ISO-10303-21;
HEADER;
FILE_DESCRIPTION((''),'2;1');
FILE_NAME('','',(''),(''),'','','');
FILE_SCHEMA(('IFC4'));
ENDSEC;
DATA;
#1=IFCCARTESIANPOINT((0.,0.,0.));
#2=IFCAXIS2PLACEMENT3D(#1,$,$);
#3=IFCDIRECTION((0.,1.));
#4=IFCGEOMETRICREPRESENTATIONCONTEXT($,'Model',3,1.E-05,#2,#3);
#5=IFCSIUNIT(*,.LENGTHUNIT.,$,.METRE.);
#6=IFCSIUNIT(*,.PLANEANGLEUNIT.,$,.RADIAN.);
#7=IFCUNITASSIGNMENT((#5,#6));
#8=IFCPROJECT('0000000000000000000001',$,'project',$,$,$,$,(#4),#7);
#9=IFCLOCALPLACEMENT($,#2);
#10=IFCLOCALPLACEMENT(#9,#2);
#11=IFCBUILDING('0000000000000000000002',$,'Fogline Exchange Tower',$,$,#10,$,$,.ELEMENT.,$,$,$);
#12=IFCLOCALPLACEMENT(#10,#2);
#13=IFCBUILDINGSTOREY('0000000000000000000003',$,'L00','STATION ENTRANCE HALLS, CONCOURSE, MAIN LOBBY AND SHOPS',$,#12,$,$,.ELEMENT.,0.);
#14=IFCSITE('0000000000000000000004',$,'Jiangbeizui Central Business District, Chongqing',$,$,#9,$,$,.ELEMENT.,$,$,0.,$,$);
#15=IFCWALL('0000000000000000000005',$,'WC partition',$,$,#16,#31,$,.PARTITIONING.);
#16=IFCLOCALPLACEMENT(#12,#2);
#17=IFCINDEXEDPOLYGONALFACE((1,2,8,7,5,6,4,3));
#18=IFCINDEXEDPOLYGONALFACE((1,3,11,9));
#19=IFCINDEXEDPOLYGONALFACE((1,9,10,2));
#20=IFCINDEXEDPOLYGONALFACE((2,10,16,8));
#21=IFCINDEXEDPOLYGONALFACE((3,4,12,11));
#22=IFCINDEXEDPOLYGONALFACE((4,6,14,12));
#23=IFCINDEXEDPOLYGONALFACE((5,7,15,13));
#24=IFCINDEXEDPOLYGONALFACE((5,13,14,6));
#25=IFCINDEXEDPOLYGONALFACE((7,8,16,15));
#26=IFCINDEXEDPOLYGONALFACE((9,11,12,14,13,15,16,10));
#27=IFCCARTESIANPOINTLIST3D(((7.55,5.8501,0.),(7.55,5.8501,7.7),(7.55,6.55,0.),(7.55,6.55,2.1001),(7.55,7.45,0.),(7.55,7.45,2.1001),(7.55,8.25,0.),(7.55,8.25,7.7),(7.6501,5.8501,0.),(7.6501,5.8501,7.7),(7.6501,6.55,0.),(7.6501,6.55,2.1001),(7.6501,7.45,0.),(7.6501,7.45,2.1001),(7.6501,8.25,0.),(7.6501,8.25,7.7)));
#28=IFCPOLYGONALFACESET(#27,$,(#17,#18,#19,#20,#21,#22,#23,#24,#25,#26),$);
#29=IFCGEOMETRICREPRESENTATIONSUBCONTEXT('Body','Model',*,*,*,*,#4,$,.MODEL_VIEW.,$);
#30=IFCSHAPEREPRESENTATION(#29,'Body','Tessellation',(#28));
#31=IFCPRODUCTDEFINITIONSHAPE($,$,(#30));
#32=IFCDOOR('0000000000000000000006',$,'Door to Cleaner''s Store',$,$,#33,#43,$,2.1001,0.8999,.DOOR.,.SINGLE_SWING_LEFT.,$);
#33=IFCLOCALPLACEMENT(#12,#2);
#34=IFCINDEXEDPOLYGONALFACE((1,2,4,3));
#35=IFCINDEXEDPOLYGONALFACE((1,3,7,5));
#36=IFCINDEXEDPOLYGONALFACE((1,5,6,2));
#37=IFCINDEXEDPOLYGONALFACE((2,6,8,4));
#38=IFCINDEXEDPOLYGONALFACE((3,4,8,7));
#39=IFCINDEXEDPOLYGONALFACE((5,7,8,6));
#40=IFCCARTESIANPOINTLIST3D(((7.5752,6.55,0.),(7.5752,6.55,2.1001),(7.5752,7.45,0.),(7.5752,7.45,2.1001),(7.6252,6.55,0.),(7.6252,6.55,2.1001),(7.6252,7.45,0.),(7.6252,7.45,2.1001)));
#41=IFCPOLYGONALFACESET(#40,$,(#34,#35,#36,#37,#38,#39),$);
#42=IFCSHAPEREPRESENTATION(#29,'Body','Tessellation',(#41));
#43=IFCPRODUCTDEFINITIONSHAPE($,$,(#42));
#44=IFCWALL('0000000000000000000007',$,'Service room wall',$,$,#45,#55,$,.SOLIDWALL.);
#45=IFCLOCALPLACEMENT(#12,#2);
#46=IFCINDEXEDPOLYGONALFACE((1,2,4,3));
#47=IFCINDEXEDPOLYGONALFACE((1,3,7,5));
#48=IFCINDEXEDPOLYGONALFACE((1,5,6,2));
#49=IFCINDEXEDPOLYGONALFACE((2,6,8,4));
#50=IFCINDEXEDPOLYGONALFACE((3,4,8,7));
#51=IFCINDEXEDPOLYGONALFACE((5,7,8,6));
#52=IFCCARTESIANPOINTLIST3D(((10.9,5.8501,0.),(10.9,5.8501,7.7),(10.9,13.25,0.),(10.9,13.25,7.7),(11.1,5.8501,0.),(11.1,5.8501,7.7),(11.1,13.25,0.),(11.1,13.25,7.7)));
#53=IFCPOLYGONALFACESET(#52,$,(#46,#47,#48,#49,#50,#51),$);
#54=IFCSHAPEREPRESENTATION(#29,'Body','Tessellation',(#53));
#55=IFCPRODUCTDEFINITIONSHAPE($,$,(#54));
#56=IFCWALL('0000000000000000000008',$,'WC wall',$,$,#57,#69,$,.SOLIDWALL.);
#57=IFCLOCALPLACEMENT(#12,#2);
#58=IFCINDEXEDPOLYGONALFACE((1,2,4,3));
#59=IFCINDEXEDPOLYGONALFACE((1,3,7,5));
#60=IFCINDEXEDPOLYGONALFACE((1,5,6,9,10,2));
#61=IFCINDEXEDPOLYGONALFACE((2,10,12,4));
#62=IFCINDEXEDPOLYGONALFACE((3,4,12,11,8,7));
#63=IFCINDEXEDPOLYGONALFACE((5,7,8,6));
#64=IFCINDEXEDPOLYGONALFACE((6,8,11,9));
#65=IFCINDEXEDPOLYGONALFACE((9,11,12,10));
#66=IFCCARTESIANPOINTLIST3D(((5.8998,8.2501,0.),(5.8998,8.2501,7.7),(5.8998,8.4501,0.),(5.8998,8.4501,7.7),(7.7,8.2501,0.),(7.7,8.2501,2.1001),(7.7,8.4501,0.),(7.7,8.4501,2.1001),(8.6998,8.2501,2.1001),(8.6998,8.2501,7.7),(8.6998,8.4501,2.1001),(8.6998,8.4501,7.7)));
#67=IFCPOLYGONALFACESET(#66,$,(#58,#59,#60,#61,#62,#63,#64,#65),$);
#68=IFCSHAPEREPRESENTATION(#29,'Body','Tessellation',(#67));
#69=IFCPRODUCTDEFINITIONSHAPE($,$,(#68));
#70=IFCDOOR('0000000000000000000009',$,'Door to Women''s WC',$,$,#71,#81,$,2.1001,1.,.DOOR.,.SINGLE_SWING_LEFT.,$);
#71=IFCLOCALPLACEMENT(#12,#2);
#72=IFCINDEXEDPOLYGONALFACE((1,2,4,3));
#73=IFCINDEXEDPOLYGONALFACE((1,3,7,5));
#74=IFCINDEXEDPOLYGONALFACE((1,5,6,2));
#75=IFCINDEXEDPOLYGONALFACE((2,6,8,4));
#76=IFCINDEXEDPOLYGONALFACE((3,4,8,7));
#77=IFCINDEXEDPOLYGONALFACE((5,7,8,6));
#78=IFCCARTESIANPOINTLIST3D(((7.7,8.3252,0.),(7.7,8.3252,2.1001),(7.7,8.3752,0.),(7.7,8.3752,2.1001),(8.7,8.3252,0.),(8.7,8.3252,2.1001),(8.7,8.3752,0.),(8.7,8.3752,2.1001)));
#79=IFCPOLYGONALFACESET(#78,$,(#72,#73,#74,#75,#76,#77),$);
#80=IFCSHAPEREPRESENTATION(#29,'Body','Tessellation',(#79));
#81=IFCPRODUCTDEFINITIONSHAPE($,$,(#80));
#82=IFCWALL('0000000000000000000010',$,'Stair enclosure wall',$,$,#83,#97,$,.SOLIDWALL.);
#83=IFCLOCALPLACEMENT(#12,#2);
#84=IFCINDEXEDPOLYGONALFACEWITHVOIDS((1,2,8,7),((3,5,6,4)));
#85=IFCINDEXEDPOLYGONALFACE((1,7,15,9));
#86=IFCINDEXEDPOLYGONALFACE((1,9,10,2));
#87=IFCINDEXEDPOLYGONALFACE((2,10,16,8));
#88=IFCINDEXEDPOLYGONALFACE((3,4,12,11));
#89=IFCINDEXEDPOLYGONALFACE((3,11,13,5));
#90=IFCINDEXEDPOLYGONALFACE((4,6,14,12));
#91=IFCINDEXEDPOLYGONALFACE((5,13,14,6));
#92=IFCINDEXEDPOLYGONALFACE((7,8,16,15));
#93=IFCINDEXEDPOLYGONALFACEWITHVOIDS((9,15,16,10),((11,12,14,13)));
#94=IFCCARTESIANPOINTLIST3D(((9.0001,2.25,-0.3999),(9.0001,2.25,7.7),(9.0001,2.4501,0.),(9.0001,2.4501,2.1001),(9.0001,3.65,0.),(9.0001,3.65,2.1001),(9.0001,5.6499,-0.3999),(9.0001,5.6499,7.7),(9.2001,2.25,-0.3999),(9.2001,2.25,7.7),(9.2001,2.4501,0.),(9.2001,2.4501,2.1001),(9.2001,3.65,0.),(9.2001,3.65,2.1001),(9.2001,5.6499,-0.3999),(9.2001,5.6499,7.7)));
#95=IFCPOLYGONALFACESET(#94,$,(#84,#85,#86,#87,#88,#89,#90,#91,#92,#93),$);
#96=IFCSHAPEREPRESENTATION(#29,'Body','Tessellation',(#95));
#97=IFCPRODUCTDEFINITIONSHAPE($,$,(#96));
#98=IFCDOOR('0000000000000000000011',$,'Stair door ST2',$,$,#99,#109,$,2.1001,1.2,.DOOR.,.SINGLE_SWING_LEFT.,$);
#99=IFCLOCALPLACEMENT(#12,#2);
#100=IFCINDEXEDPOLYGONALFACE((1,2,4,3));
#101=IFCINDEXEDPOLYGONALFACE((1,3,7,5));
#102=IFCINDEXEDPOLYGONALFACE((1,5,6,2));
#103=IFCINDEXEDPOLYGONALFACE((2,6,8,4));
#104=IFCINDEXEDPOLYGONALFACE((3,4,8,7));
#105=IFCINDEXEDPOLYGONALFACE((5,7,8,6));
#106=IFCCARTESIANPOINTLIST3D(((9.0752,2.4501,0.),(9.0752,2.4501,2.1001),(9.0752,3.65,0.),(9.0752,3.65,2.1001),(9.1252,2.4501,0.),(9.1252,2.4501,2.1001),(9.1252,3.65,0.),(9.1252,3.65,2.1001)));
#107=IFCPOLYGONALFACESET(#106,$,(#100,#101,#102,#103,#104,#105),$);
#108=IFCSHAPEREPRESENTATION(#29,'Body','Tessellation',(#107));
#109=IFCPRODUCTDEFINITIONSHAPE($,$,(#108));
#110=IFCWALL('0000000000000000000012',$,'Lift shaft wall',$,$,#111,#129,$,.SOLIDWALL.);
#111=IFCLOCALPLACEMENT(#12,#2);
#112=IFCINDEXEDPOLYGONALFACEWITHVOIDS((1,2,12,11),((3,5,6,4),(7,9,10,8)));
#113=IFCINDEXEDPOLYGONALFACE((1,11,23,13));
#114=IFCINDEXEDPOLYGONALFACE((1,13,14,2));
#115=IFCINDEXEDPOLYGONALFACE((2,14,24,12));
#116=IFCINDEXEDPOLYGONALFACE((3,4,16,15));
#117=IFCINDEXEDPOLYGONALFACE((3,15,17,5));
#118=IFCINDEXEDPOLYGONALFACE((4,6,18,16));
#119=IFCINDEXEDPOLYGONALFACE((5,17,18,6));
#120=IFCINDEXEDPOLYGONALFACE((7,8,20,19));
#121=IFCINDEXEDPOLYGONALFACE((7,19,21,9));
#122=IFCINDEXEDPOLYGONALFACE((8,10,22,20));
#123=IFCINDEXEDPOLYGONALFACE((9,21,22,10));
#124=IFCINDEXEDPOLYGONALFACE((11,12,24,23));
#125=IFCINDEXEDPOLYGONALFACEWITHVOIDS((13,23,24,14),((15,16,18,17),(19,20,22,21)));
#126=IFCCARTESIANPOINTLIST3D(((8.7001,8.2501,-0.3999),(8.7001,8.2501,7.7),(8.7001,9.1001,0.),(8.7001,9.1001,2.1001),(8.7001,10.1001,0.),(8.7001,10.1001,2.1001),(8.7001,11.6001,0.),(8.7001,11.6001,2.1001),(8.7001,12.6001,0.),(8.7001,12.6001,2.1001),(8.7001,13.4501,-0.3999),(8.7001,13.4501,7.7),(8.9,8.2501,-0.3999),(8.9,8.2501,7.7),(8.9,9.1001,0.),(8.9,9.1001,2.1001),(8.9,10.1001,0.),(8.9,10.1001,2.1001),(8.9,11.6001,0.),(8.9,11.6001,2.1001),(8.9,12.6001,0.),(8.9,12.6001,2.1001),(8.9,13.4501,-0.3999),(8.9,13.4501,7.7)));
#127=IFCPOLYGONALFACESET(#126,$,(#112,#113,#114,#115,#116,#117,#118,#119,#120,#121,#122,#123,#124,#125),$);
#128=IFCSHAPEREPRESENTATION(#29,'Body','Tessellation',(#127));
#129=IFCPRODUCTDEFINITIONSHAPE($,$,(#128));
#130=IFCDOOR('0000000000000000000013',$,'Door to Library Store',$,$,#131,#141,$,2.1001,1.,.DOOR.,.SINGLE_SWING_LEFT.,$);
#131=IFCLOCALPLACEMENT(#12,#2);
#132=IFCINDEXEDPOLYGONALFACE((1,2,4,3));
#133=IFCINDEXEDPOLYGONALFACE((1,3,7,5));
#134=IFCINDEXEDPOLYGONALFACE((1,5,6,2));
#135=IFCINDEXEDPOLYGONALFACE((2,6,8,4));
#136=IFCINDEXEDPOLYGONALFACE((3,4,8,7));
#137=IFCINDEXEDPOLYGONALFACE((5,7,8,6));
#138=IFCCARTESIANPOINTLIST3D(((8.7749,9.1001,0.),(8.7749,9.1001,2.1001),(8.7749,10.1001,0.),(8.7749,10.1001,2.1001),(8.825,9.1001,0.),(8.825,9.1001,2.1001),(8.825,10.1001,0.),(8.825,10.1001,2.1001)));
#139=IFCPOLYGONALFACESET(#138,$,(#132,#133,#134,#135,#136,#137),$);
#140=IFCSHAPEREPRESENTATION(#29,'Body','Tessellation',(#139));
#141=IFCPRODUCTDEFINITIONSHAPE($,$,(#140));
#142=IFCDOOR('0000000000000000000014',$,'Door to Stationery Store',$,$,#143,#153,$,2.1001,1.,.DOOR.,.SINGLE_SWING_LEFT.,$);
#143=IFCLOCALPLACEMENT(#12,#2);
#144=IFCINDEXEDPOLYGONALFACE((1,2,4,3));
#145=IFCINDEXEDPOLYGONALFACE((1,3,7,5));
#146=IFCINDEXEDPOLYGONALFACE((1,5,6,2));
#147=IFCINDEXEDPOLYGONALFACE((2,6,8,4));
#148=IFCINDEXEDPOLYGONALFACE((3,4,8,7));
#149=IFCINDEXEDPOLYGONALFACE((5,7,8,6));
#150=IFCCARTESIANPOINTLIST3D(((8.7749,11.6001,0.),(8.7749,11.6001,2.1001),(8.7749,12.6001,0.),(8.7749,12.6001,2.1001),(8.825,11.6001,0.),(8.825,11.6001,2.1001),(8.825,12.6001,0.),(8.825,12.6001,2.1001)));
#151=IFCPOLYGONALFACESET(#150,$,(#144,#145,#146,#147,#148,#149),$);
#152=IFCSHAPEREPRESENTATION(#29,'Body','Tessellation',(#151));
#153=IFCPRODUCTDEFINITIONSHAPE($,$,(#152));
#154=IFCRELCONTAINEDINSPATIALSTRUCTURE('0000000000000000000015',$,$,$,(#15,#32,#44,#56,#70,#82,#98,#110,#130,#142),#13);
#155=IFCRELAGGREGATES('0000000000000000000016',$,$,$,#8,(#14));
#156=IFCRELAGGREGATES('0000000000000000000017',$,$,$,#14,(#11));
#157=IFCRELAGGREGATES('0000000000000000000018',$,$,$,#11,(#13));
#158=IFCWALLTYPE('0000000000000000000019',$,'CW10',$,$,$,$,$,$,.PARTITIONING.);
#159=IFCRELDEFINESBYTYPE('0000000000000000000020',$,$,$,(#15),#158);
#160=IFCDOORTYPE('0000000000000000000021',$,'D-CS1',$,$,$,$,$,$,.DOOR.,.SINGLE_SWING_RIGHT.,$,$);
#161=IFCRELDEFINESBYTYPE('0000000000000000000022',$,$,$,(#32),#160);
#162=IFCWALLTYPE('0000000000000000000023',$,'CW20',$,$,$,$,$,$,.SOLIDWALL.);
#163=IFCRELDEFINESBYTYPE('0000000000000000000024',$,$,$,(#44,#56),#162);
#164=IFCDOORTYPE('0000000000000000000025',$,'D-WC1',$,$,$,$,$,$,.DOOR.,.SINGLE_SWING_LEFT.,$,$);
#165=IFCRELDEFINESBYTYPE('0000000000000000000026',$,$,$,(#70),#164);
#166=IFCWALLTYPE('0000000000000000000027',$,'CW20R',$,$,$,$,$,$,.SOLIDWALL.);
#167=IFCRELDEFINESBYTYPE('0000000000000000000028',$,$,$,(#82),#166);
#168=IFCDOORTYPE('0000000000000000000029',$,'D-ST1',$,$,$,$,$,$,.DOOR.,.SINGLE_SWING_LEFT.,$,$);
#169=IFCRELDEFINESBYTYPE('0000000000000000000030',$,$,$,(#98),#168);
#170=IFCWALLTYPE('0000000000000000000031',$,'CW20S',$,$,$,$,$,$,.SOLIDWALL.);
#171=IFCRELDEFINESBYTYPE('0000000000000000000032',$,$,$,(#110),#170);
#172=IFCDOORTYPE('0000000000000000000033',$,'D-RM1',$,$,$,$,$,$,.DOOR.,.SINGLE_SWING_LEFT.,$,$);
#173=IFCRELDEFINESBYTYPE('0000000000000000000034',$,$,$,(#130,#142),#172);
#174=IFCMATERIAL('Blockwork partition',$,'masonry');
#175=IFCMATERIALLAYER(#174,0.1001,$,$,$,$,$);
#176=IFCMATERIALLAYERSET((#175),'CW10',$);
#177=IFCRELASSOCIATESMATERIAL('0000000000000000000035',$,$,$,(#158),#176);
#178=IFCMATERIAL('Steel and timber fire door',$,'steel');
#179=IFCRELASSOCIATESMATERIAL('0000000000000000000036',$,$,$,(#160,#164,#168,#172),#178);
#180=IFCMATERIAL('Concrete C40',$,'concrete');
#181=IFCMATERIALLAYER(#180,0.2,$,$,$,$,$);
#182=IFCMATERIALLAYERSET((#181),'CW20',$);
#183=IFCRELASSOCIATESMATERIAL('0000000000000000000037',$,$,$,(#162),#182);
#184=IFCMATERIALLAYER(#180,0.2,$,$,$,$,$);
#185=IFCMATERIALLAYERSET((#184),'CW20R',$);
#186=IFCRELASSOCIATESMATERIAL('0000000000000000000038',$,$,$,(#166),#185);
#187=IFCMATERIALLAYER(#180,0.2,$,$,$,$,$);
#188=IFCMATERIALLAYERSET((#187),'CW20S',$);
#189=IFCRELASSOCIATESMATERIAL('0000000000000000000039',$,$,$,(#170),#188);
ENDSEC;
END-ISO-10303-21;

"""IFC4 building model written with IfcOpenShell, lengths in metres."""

from ifc_helpers import new_model, si_unit, direction, frame, frame_2d, origin, place, context, subcontext, project, spatial, rectangle, extrude, material, layer, layer_set, type_object, element, fill, save


model = new_model("IFC4")

# Units and contexts
model_context = context("Model", 3, precision=1e-05, world=origin(), true_north=direction((0.0, 1.0)))
body_context = subcontext(model_context, "Body", "Model", "MODEL_VIEW")
ifc_project = project(units=[si_unit("LENGTHUNIT", "METRE"), si_unit("PLANEANGLEUNIT", "RADIAN")], contexts=[model_context])

# Site, building, storey
site_placement = place(None, origin())
site = spatial("IfcSite", under=ifc_project, at=site_placement, Name="Jiangbeizui Central Business District, Chongqing", CompositionType="ELEMENT", RefElevation=0.0)
building_placement = place(site_placement, origin())
building = spatial("IfcBuilding", under=site, at=building_placement, Name="Fogline Exchange Tower", CompositionType="ELEMENT")
storey_placement = place(building_placement, origin())
storey = spatial("IfcBuildingStorey", under=building, at=storey_placement, Name="L00", Description="STATION ENTRANCE HALLS, CONCOURSE, MAIN LOBBY AND SHOPS", CompositionType="ELEMENT", Elevation=0.0)

# Wall, opening, door
ifc_material_1 = material(Name="Blockwork partition", Category="masonry")
ifc_layer_1 = layer(ifc_material_1, 0.1001)
ifc_layer_set_1 = layer_set([ifc_layer_1], Name="CW10")
wall_type_1 = type_object("IfcWallType", Name="CW10", PredefinedType="PARTITIONING", material=ifc_layer_set_1)
wall_1_placement = place(storey_placement, frame((7.6001, 5.8501, 0.0), z_axis=(0.0, 0.0, 1.0), x_axis=(0.0, 1.0, 0.0)))
wall_1 = element("IfcWall", 1, at=wall_1_placement, inside=storey, type_object=wall_type_1, Name="WC partition", PredefinedType="PARTITIONING", context=body_context, shape_type="SweptSolid", body=[
    extrude(rectangle(XDim=2.3999, YDim=0.1001, at=frame_2d((1.2, 0.0))), origin(), (0.0, 0.0, 1.0), 7.7),
])
opening_1_placement = place(wall_1_placement, frame((0.7, 0.0, 0.0)))
opening_1 = element("IfcOpeningElement", 2, at=opening_1_placement, cuts=wall_1, PredefinedType="OPENING", context=body_context, shape_type="SweptSolid", body=[
    extrude(rectangle(XDim=0.8999, YDim=2.1001, at=frame_2d((0.45, 1.05))), frame((0.0, 0.0601, 0.0), z_axis=(0.0, -1.0, 0.0), x_axis=(1.0, 0.0, 0.0)), (0.0, 0.0, 1.0), 0.1201),
])
ifc_material_2 = material(Name="Steel and timber fire door", Category="steel")
door_type_1 = type_object("IfcDoorType", Name="D-CS1", OperationType="SINGLE_SWING_RIGHT", PredefinedType="DOOR", material=ifc_material_2)
door_1_placement = place(opening_1_placement, origin())
door_1 = element("IfcDoor", 3, at=door_1_placement, inside=storey, type_object=door_type_1, Name="Door to Cleaner's Store", OperationType="SINGLE_SWING_LEFT", OverallHeight=2.1001, OverallWidth=0.8999, PredefinedType="DOOR", context=body_context, shape_type="SweptSolid", body=[
    extrude(rectangle(XDim=0.8999, YDim=2.1001, at=frame_2d((0.45, 1.05))), frame((0.0, 0.0249, 0.0), z_axis=(0.0, -1.0, 0.0), x_axis=(1.0, 0.0, 0.0)), (0.0, 0.0, 1.0), 0.05),
])
fill(opening_1, door_1)

# Wall
ifc_material_3 = material(Name="Concrete C40", Category="concrete")
ifc_layer_2 = layer(ifc_material_3, 0.2)
ifc_layer_set_2 = layer_set([ifc_layer_2], Name="CW20")
wall_type_2 = type_object("IfcWallType", Name="CW20", PredefinedType="SOLIDWALL", material=ifc_layer_set_2)
wall_2_placement = place(storey_placement, frame((11.0, 5.8501, 0.0), z_axis=(0.0, 0.0, 1.0), x_axis=(0.0, 1.0, 0.0)))
element("IfcWall", 4, at=wall_2_placement, inside=storey, type_object=wall_type_2, Name="Service room wall", PredefinedType="SOLIDWALL", context=body_context, shape_type="SweptSolid", body=[
    extrude(rectangle(XDim=7.3999, YDim=0.2, at=frame_2d((3.7, 0.0))), origin(), (0.0, 0.0, 1.0), 7.7),
])

# Walls, openings, doors
wall_3_placement = place(storey_placement, frame((5.8999, 8.3501, 0.0), z_axis=(0.0, 0.0, 1.0), x_axis=(1.0, 0.0, 0.0)))
wall_3 = element("IfcWall", 5, at=wall_3_placement, inside=storey, type_object=wall_type_2, Name="WC wall", PredefinedType="SOLIDWALL", context=body_context, shape_type="SweptSolid", body=[
    extrude(rectangle(XDim=2.8, YDim=0.2, at=frame_2d((1.3999, 0.0))), origin(), (0.0, 0.0, 1.0), 7.7),
])
opening_2_placement = place(wall_3_placement, frame((1.8, 0.0, 0.0)))
opening_2 = element("IfcOpeningElement", 6, at=opening_2_placement, cuts=wall_3, PredefinedType="OPENING", context=body_context, shape_type="SweptSolid", body=[
    extrude(rectangle(XDim=1.0, YDim=2.1001, at=frame_2d((0.5, 1.05))), frame((0.0, 0.1099, 0.0), z_axis=(0.0, -1.0, 0.0), x_axis=(1.0, 0.0, 0.0)), (0.0, 0.0, 1.0), 0.22),
])
door_type_2 = type_object("IfcDoorType", Name="D-WC1", OperationType="SINGLE_SWING_LEFT", PredefinedType="DOOR", material=ifc_material_2)
door_2_placement = place(opening_2_placement, frame((1.0, 0.0, 0.0), z_axis=(0.0, 0.0, 1.0), x_axis=(-1.0, 0.0, 0.0)))
door_2 = element("IfcDoor", 7, at=door_2_placement, inside=storey, type_object=door_type_2, Name="Door to Women's WC", OperationType="SINGLE_SWING_LEFT", OverallHeight=2.1001, OverallWidth=1.0, PredefinedType="DOOR", context=body_context, shape_type="SweptSolid", body=[
    extrude(rectangle(XDim=1.0, YDim=2.1001, at=frame_2d((0.5, 1.05))), frame((0.0, 0.0249, 0.0), z_axis=(0.0, -1.0, 0.0), x_axis=(1.0, 0.0, 0.0)), (0.0, 0.0, 1.0), 0.05),
])
fill(opening_2, door_2)
ifc_layer_3 = layer(ifc_material_3, 0.2)
ifc_layer_set_3 = layer_set([ifc_layer_3], Name="CW20R")
wall_type_3 = type_object("IfcWallType", Name="CW20R", PredefinedType="SOLIDWALL", material=ifc_layer_set_3)
wall_4_placement = place(storey_placement, frame((9.1001, 2.25, -0.3999), z_axis=(0.0, 0.0, 1.0), x_axis=(0.0, 1.0, 0.0)))
wall_4 = element("IfcWall", 8, at=wall_4_placement, inside=storey, type_object=wall_type_3, Name="Stair enclosure wall", PredefinedType="SOLIDWALL", context=body_context, shape_type="SweptSolid", body=[
    extrude(rectangle(XDim=3.3999, YDim=0.2, at=frame_2d((1.7, 0.0))), origin(), (0.0, 0.0, 1.0), 8.0999),
])
opening_3_placement = place(wall_4_placement, frame((0.2, 0.0, 0.3999)))
opening_3 = element("IfcOpeningElement", 9, at=opening_3_placement, cuts=wall_4, PredefinedType="OPENING", context=body_context, shape_type="SweptSolid", body=[
    extrude(rectangle(XDim=1.2, YDim=2.1001, at=frame_2d((0.6001, 1.05))), frame((0.0, 0.1099, 0.0), z_axis=(0.0, -1.0, 0.0), x_axis=(1.0, 0.0, 0.0)), (0.0, 0.0, 1.0), 0.22),
])
door_type_3 = type_object("IfcDoorType", Name="D-ST1", OperationType="SINGLE_SWING_LEFT", PredefinedType="DOOR", material=ifc_material_2)
door_3_placement = place(opening_3_placement, origin())
door_3 = element("IfcDoor", 10, at=door_3_placement, inside=storey, type_object=door_type_3, Name="Stair door ST2", OperationType="SINGLE_SWING_LEFT", OverallHeight=2.1001, OverallWidth=1.2, PredefinedType="DOOR", context=body_context, shape_type="SweptSolid", body=[
    extrude(rectangle(XDim=1.2, YDim=2.1001, at=frame_2d((0.6001, 1.05))), frame((0.0, 0.0249, 0.0), z_axis=(0.0, -1.0, 0.0), x_axis=(1.0, 0.0, 0.0)), (0.0, 0.0, 1.0), 0.05),
])
fill(opening_3, door_3)

# Wall, openings, doors
ifc_layer_4 = layer(ifc_material_3, 0.2)
ifc_layer_set_4 = layer_set([ifc_layer_4], Name="CW20S")
wall_type_4 = type_object("IfcWallType", Name="CW20S", PredefinedType="SOLIDWALL", material=ifc_layer_set_4)
wall_5_placement = place(storey_placement, frame((8.8, 8.25, -0.3999), z_axis=(0.0, 0.0, 1.0), x_axis=(0.0, 1.0, 0.0)))
wall_5 = element("IfcWall", 11, at=wall_5_placement, inside=storey, type_object=wall_type_4, Name="Lift shaft wall", PredefinedType="SOLIDWALL", context=body_context, shape_type="SweptSolid", body=[
    extrude(rectangle(XDim=5.2, YDim=0.2, at=frame_2d((2.6001, 0.0))), origin(), (0.0, 0.0, 1.0), 8.0999),
])
opening_4_placement = place(wall_5_placement, frame((0.8501, 0.0, 0.3999)))
opening_4 = element("IfcOpeningElement", 12, at=opening_4_placement, cuts=wall_5, PredefinedType="OPENING", context=body_context, shape_type="SweptSolid", body=[
    extrude(rectangle(XDim=1.0, YDim=2.1001, at=frame_2d((0.5, 1.05))), frame((0.0, 0.1099, 0.0), z_axis=(0.0, -1.0, 0.0), x_axis=(1.0, 0.0, 0.0)), (0.0, 0.0, 1.0), 0.22),
])
opening_5_placement = place(wall_5_placement, frame((3.3501, 0.0, 0.3999)))
opening_5 = element("IfcOpeningElement", 13, at=opening_5_placement, cuts=wall_5, PredefinedType="OPENING", context=body_context, shape_type="SweptSolid", body=[
    extrude(rectangle(XDim=1.0, YDim=2.1001, at=frame_2d((0.5, 1.05))), frame((0.0, 0.1099, 0.0), z_axis=(0.0, -1.0, 0.0), x_axis=(1.0, 0.0, 0.0)), (0.0, 0.0, 1.0), 0.22),
])
door_type_4 = type_object("IfcDoorType", Name="D-RM1", OperationType="SINGLE_SWING_LEFT", PredefinedType="DOOR", material=ifc_material_2)
door_4_placement = place(opening_4_placement, frame((1.0, 0.0, 0.0), z_axis=(0.0, 0.0, 1.0), x_axis=(-1.0, 0.0, 0.0)))
door_4 = element("IfcDoor", 14, at=door_4_placement, inside=storey, type_object=door_type_4, Name="Door to Library Store", OperationType="SINGLE_SWING_LEFT", OverallHeight=2.1001, OverallWidth=1.0, PredefinedType="DOOR", context=body_context, shape_type="SweptSolid", body=[
    extrude(rectangle(XDim=1.0, YDim=2.1001, at=frame_2d((0.5, 1.05))), frame((0.0, 0.0249, 0.0), z_axis=(0.0, -1.0, 0.0), x_axis=(1.0, 0.0, 0.0)), (0.0, 0.0, 1.0), 0.05),
])
fill(opening_4, door_4)
door_5_placement = place(opening_5_placement, frame((1.0, 0.0, 0.0), z_axis=(0.0, 0.0, 1.0), x_axis=(-1.0, 0.0, 0.0)))
door_5 = element("IfcDoor", 15, at=door_5_placement, inside=storey, type_object=door_type_4, Name="Door to Stationery Store", OperationType="SINGLE_SWING_LEFT", OverallHeight=2.1001, OverallWidth=1.0, PredefinedType="DOOR", context=body_context, shape_type="SweptSolid", body=[
    extrude(rectangle(XDim=1.0, YDim=2.1001, at=frame_2d((0.5, 1.05))), frame((0.0, 0.0249, 0.0), z_axis=(0.0, -1.0, 0.0), x_axis=(1.0, 0.0, 0.0)), (0.0, 0.0, 1.0), 0.05),
])
fill(opening_5, door_5)

save(model, "model.ifc")
